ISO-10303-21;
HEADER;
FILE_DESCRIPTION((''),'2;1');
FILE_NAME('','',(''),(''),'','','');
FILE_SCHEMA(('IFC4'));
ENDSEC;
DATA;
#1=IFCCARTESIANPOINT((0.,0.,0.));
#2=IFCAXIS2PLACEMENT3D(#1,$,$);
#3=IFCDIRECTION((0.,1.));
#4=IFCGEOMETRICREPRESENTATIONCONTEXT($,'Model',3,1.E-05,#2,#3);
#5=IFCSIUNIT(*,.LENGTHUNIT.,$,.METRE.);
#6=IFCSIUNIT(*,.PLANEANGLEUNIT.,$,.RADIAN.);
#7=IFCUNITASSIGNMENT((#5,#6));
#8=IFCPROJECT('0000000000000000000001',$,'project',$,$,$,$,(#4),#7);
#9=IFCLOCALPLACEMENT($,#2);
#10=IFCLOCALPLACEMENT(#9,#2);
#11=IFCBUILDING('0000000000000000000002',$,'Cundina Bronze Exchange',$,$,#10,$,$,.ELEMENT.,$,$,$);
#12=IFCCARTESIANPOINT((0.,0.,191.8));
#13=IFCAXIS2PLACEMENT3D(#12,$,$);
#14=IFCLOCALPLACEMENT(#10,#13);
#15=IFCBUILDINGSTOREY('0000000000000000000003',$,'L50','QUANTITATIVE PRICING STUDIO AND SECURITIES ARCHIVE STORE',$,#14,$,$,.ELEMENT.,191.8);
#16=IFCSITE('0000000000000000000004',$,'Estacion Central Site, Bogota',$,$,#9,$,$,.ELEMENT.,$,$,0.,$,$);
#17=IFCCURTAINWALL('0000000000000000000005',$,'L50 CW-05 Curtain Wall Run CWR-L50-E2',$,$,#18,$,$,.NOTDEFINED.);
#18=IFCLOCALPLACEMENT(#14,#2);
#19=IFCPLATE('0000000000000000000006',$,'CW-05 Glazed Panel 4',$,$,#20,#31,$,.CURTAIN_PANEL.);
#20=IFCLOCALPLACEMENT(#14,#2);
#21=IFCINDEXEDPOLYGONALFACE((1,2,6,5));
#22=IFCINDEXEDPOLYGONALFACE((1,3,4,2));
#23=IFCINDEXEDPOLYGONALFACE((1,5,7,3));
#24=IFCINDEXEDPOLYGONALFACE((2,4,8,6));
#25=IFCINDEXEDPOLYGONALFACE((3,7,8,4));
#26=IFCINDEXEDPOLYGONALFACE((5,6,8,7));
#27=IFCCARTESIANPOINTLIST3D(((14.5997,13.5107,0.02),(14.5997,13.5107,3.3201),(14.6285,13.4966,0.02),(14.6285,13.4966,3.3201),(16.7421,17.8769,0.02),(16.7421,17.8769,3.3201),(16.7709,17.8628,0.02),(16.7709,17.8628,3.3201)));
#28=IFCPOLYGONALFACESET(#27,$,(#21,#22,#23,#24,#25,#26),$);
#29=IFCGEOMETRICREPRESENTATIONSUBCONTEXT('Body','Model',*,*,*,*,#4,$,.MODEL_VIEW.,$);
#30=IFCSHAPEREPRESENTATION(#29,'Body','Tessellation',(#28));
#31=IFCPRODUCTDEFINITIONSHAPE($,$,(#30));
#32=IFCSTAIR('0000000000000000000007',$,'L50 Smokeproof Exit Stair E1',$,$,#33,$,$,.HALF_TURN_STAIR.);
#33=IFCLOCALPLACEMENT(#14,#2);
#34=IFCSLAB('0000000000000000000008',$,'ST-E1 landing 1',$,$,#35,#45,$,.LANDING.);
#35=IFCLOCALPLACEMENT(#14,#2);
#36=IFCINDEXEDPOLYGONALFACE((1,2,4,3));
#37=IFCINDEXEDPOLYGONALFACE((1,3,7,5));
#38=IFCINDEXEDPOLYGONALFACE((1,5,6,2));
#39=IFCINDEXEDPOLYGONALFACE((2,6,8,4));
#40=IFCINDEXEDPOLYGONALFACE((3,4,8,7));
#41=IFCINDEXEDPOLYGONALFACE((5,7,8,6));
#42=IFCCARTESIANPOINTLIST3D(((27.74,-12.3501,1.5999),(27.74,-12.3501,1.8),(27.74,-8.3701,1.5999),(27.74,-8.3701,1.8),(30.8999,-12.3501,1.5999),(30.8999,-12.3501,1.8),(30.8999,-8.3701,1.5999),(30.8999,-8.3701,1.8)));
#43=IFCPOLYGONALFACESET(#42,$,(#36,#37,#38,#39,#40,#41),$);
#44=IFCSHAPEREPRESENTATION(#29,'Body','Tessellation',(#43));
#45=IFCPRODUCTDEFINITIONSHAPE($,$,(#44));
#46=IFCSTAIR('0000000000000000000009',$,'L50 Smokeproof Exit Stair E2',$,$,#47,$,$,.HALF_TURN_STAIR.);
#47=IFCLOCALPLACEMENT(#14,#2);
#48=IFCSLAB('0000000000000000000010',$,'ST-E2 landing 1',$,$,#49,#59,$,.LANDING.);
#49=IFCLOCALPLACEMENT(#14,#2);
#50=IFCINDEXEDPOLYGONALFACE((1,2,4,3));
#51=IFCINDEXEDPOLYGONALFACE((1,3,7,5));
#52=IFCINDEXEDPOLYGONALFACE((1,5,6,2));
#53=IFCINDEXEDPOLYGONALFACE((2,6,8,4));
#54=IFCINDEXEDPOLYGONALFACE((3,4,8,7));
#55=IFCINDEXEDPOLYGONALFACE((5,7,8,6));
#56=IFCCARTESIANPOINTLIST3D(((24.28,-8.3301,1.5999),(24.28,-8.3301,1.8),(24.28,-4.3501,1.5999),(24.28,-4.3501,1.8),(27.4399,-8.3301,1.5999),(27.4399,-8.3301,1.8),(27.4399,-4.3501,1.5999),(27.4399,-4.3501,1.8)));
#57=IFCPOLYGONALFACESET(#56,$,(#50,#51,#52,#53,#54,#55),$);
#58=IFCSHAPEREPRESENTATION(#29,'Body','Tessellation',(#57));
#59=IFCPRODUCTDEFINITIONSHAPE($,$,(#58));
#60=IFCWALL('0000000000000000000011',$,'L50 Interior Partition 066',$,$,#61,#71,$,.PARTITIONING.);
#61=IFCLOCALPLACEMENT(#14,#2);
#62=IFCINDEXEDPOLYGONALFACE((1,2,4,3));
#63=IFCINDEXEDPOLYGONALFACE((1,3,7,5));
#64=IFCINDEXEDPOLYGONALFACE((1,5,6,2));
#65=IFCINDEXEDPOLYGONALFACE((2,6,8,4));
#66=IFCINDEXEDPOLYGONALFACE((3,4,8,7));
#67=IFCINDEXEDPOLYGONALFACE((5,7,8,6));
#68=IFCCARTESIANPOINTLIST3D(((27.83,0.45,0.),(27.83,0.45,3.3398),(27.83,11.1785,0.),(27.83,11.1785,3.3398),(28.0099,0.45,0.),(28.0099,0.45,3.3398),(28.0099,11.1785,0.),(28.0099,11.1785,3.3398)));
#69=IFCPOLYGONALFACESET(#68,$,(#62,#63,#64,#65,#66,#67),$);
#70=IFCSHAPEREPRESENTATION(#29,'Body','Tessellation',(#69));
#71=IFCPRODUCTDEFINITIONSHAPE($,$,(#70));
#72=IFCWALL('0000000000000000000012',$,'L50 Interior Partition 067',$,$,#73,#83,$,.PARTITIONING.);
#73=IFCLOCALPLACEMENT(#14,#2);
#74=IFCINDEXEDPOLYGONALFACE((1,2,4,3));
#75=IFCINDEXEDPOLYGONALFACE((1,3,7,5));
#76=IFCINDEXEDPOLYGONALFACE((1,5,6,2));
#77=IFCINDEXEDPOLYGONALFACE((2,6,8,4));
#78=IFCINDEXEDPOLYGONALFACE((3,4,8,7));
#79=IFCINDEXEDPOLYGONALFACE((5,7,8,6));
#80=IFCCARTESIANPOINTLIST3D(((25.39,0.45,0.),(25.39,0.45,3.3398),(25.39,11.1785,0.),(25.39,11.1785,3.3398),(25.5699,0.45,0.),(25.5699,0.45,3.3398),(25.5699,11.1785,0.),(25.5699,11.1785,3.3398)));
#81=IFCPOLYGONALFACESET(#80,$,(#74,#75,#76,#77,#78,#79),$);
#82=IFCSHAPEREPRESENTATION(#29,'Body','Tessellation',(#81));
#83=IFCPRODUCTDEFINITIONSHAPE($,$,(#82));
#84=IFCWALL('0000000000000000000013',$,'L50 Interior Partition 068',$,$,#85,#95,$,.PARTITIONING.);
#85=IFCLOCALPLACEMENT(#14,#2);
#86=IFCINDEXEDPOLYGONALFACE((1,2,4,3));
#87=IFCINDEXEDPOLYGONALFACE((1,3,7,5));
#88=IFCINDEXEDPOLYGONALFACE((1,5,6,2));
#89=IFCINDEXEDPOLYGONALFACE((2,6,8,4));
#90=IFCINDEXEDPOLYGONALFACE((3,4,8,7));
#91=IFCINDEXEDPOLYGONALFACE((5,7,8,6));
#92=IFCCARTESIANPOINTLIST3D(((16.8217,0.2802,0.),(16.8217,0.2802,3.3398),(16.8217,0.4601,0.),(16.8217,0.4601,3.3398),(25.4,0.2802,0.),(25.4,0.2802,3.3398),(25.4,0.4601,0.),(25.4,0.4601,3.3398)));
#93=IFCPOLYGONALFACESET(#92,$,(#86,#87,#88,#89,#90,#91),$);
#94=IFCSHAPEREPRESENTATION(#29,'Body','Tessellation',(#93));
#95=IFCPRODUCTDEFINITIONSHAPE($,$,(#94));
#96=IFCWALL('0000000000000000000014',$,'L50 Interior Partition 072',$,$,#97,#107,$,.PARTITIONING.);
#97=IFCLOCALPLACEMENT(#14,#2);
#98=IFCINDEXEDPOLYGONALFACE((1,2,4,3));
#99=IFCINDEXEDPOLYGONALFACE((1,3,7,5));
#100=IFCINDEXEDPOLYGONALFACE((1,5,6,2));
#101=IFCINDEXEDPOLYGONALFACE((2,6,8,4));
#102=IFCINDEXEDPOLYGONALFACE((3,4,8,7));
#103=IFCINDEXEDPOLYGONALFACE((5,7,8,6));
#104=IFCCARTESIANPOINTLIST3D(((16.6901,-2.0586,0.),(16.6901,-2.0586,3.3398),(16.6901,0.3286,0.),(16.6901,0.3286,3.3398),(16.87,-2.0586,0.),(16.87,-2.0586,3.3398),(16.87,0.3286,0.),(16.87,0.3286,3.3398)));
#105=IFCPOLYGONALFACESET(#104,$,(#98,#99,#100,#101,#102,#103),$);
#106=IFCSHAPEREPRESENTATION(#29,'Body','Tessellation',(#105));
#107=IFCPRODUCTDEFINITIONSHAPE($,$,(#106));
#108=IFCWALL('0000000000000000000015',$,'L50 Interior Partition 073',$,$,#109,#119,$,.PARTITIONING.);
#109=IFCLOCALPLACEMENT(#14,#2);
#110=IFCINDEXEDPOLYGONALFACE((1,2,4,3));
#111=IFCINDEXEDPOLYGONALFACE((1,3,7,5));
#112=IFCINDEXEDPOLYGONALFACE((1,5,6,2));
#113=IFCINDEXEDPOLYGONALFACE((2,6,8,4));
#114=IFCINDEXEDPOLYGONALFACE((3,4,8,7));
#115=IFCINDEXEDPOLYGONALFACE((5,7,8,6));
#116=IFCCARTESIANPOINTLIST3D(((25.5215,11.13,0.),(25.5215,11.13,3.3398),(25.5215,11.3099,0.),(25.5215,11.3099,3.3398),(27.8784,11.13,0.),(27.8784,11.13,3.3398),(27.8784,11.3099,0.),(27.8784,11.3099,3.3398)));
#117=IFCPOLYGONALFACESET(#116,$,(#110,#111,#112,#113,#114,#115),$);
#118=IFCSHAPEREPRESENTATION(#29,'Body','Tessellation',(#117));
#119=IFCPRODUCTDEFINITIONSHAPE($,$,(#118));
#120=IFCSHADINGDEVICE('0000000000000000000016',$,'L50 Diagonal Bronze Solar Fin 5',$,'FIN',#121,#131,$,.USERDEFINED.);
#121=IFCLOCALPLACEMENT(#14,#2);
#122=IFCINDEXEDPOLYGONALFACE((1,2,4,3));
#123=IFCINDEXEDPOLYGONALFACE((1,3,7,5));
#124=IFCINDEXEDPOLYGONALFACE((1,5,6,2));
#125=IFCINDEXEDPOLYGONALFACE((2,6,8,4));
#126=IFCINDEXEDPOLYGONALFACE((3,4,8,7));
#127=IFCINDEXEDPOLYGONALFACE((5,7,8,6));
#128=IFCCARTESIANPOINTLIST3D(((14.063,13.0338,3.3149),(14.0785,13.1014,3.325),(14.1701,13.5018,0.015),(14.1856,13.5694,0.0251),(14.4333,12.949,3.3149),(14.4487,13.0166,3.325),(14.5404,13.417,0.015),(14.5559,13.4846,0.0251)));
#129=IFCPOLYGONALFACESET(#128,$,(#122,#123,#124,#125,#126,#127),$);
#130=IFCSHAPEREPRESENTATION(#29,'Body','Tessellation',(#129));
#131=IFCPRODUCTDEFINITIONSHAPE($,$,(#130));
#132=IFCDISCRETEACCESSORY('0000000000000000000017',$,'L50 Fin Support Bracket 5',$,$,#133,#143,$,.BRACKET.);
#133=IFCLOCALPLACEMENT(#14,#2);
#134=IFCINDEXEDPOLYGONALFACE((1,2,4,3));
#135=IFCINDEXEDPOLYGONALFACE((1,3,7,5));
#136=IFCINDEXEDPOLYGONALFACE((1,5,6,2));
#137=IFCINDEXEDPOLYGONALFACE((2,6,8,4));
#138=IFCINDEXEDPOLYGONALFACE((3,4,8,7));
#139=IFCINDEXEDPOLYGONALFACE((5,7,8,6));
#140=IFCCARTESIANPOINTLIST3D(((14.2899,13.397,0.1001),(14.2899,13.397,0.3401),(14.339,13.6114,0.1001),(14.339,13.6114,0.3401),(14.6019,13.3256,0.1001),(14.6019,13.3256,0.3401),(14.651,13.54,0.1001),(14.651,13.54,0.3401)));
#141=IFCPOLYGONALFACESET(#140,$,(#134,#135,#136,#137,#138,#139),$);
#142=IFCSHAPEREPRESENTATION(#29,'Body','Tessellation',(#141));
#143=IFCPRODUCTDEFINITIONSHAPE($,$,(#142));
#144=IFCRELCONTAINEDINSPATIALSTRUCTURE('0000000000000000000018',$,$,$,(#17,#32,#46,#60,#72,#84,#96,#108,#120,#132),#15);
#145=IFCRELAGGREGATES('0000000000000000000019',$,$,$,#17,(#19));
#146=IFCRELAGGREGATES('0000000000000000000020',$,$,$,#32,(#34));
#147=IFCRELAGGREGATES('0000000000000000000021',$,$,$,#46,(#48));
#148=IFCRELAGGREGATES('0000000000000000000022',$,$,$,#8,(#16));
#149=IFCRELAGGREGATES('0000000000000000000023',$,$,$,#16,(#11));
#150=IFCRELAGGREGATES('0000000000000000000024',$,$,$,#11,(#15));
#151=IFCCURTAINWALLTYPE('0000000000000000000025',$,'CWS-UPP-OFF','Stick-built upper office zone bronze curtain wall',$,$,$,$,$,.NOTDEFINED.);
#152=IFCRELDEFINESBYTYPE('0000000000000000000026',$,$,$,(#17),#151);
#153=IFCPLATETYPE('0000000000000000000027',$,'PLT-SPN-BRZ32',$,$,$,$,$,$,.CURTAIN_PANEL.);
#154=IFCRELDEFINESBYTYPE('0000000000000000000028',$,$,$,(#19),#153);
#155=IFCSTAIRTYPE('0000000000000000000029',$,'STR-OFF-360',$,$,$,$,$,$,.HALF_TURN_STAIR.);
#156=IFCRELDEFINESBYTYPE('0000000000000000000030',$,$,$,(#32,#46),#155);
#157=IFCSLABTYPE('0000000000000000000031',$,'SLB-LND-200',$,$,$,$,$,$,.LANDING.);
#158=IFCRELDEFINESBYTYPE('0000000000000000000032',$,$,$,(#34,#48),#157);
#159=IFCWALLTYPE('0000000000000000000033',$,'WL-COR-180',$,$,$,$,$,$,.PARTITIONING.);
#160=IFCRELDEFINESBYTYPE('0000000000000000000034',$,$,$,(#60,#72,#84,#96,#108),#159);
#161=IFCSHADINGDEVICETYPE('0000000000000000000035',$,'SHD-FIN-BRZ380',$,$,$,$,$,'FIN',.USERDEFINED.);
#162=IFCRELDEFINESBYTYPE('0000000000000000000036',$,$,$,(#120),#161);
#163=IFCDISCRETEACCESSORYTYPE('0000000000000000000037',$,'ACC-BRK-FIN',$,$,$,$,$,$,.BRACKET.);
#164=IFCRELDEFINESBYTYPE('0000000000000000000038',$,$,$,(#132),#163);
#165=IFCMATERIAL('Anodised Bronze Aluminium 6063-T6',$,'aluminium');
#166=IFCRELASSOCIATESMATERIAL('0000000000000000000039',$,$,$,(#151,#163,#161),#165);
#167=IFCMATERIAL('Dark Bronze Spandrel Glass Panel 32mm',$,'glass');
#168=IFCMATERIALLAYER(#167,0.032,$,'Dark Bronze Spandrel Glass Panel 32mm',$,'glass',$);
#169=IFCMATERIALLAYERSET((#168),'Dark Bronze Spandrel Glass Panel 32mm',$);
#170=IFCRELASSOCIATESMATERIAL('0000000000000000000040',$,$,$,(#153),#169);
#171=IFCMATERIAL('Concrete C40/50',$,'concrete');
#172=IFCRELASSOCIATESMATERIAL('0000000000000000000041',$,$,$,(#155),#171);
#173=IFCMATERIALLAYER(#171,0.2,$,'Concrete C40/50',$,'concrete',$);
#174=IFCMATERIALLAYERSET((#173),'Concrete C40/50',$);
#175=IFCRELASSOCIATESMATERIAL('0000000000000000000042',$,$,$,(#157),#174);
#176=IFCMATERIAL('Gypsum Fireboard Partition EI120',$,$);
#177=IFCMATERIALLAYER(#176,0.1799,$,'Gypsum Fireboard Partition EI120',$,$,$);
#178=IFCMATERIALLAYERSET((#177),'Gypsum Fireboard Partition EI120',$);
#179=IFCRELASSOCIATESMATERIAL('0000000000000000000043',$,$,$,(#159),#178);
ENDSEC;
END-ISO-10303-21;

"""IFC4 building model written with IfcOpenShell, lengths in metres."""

from ifc_helpers import new_model, si_unit, direction, frame, frame_2d, origin, origin_2d, place, context, subcontext, project, spatial, polyline, rectangle, outline, extrude, material, layer, layer_set, material_profile, profile_set, type_object, element, aggregate, save


model = new_model("IFC4")

# Units and contexts
model_context = context("Model", 3, precision=1e-05, world=origin(), true_north=direction((0.0, 1.0)))
body_context = subcontext(model_context, "Body", "Model", "MODEL_VIEW")
ifc_project = project(units=[si_unit("LENGTHUNIT", "METRE"), si_unit("PLANEANGLEUNIT", "RADIAN")], contexts=[model_context])

# Site, building, storey
site_placement = place(None, origin())
site = spatial("IfcSite", under=ifc_project, at=site_placement, Name="Estacion Central Site, Bogota", CompositionType="ELEMENT", RefElevation=0.0)
building_placement = place(site_placement, origin())
building = spatial("IfcBuilding", under=site, at=building_placement, Name="Cundina Bronze Exchange", CompositionType="ELEMENT")
storey_placement = place(building_placement, frame((0.0, 0.0, 191.8)))
storey = spatial("IfcBuildingStorey", under=building, at=storey_placement, Name="L50", Description="QUANTITATIVE PRICING STUDIO AND SECURITIES ARCHIVE STORE", CompositionType="ELEMENT", Elevation=191.8)

# Curtain wall, plate
ifc_material_1 = material(Name="Anodised Bronze Aluminium 6063-T6", Category="aluminium")
curtain_wall_type = type_object("IfcCurtainWallType", Name="CWS-UPP-OFF", Description="Stick-built upper office zone bronze curtain wall", PredefinedType="NOTDEFINED", material=ifc_material_1)
curtain_wall_placement = place(storey_placement, origin())
curtain_wall = element("IfcCurtainWall", 1, at=curtain_wall_placement, inside=storey, type_object=curtain_wall_type, Name="L50 CW-05 Curtain Wall Run CWR-L50-E2", PredefinedType="NOTDEFINED")
ifc_material_2 = material(Name="Dark Bronze Spandrel Glass Panel 32mm", Category="glass")
ifc_layer_1 = layer(ifc_material_2, 0.032, Name="Dark Bronze Spandrel Glass Panel 32mm", Category="glass")
ifc_layer_set_1 = layer_set([ifc_layer_1], Name="Dark Bronze Spandrel Glass Panel 32mm")
plate_type_1 = type_object("IfcPlateType", Name="PLT-SPN-BRZ32", PredefinedType="CURTAIN_PANEL", material=ifc_layer_set_1)
plate_1_placement = place(storey_placement, frame((15.6853, 15.6868, 0.02), z_axis=(0.0, 0.0, 1.0), x_axis=(-0.440503, -0.897751, 0.0)))
plate_1 = element("IfcPlate", 2, at=plate_1_placement, type_object=plate_type_1, Name="CW-05 Glazed Panel 4", PredefinedType="CURTAIN_PANEL", context=body_context, shape_type="SweptSolid", body=[
    extrude(rectangle(XDim=4.8635, YDim=0.032, at=origin_2d()), origin(), (0.0, 0.0, 1.0), 3.3),
])
aggregate(curtain_wall, [plate_1])

# Stairs, slabs
ifc_material_3 = material(Name="Concrete C40/50", Category="concrete")
stair_type = type_object("IfcStairType", Name="STR-OFF-360", PredefinedType="HALF_TURN_STAIR", material=ifc_material_3)
stair_1_placement = place(storey_placement, origin())
stair_1 = element("IfcStair", 3, at=stair_1_placement, inside=storey, type_object=stair_type, Name="L50 Smokeproof Exit Stair E1", PredefinedType="HALF_TURN_STAIR")
ifc_layer_2 = layer(ifc_material_3, 0.2, Name="Concrete C40/50", Category="concrete")
ifc_layer_set_2 = layer_set([ifc_layer_2], Name="Concrete C40/50")
slab_type = type_object("IfcSlabType", Name="SLB-LND-200", PredefinedType="LANDING", material=ifc_layer_set_2)
slab_1_placement = place(storey_placement, frame((0.0, 0.0, 1.5999)))
slab_1 = element("IfcSlab", 4, at=slab_1_placement, type_object=slab_type, Name="ST-E1 landing 1", PredefinedType="LANDING", context=body_context, shape_type="SweptSolid", body=[
    extrude(outline(polyline([(27.74, -8.3701), (27.74, -12.3501), (30.8999, -12.3501), (30.8999, -8.3701), (27.74, -8.3701)])), origin(), (0.0, 0.0, 1.0), 0.2002),
])
aggregate(stair_1, [slab_1])
stair_2_placement = place(storey_placement, origin())
stair_2 = element("IfcStair", 5, at=stair_2_placement, inside=storey, type_object=stair_type, Name="L50 Smokeproof Exit Stair E2", PredefinedType="HALF_TURN_STAIR")
slab_2_placement = place(storey_placement, frame((0.0, 0.0, 1.5999)))
slab_2 = element("IfcSlab", 6, at=slab_2_placement, type_object=slab_type, Name="ST-E2 landing 1", PredefinedType="LANDING", context=body_context, shape_type="SweptSolid", body=[
    extrude(outline(polyline([(27.4399, -8.3301), (27.4399, -4.3501), (24.28, -4.3501), (24.28, -8.3301), (27.4399, -8.3301)])), origin(), (0.0, 0.0, 1.0), 0.2002),
])
aggregate(stair_2, [slab_2])

# Walls
ifc_material_4 = material(Name="Gypsum Fireboard Partition EI120")
ifc_layer_3 = layer(ifc_material_4, 0.1799, Name="Gypsum Fireboard Partition EI120")
ifc_layer_set_3 = layer_set([ifc_layer_3], Name="Gypsum Fireboard Partition EI120")
wall_type = type_object("IfcWallType", Name="WL-COR-180", PredefinedType="PARTITIONING", material=ifc_layer_set_3)
for number, where, z_axis, x_axis, name in (
    (7, (27.9199, 0.45, 0.0), (0.0, 0.0, 1.0), (0.0, 1.0, 0.0), "L50 Interior Partition 066"),
    (8, (25.48, 11.1785, 0.0), (0.0, 0.0, 1.0), (0.0, -1.0, 0.0), "L50 Interior Partition 067"),
):
    element("IfcWall", number, at=place(storey_placement, frame(where, z_axis=z_axis, x_axis=x_axis)), inside=storey, type_object=wall_type, Name=name, PredefinedType="PARTITIONING", context=body_context, shape_type="SweptSolid", body=[
        extrude(rectangle(XDim=10.7285, YDim=0.1799, at=frame_2d((5.3643, 0.0))), origin(), (0.0, 0.0, 1.0), 3.3398),
    ])
wall_1_placement = place(storey_placement, frame((25.3999, 0.3701, 0.0), z_axis=(0.0, 0.0, 1.0), x_axis=(-1.0, 0.0, 0.0)))
element("IfcWall", 9, at=wall_1_placement, inside=storey, type_object=wall_type, Name="L50 Interior Partition 068", PredefinedType="PARTITIONING", context=body_context, shape_type="SweptSolid", body=[
    extrude(rectangle(XDim=8.5784, YDim=0.1799, at=frame_2d((4.2891, 0.0))), origin(), (0.0, 0.0, 1.0), 3.3398),
])
wall_2_placement = place(storey_placement, frame((16.78, 0.3286, 0.0), z_axis=(0.0, 0.0, 1.0), x_axis=(0.0, -1.0, 0.0)))
element("IfcWall", 10, at=wall_2_placement, inside=storey, type_object=wall_type, Name="L50 Interior Partition 072", PredefinedType="PARTITIONING", context=body_context, shape_type="SweptSolid", body=[
    extrude(rectangle(XDim=2.3872, YDim=0.1799, at=frame_2d((1.1936, 0.0))), origin(), (0.0, 0.0, 1.0), 3.3398),
])
wall_3_placement = place(storey_placement, frame((27.8784, 11.22, 0.0), z_axis=(0.0, 0.0, 1.0), x_axis=(-1.0, 0.0, 0.0)))
element("IfcWall", 11, at=wall_3_placement, inside=storey, type_object=wall_type, Name="L50 Interior Partition 073", PredefinedType="PARTITIONING", context=body_context, shape_type="SweptSolid", body=[
    extrude(rectangle(XDim=2.3569, YDim=0.1799, at=frame_2d((1.1785, 0.0))), origin(), (0.0, 0.0, 1.0), 3.3398),
])

# Shading device
ifc_material_profile_1 = material_profile(ifc_material_1, rectangle(XDim=0.0701, YDim=0.3799, at=origin_2d()), Name="FIN70X380", Category="aluminium")
ifc_profile_set_1 = profile_set([ifc_material_profile_1], Name="Anodised Bronze Aluminium 6063-T6")
shading_device_type = type_object("IfcShadingDeviceType", Name="SHD-FIN-BRZ380", ElementType="FIN", PredefinedType="USERDEFINED", material=ifc_profile_set_1)
shading_device_placement = place(storey_placement, frame((14.363, 13.4932, 0.02), z_axis=(-0.032139, -0.140344, 0.989581), x_axis=(0.220899, 0.964611, 0.143977)))
element("IfcShadingDevice", 12, at=shading_device_placement, inside=storey, type_object=shading_device_type, Name="L50 Diagonal Bronze Solar Fin 5", ObjectType="FIN", PredefinedType="USERDEFINED", context=body_context, shape_type="SweptSolid", body=[
    extrude(rectangle(XDim=0.0701, YDim=0.3799, at=origin_2d()), origin(), (0.0, 0.0, 1.0), 3.3347),
])

# Discrete accessory
discrete_accessory_type = type_object("IfcDiscreteAccessoryType", Name="ACC-BRK-FIN", PredefinedType="BRACKET", material=ifc_material_1)
discrete_accessory_placement = place(storey_placement, frame((14.4705, 13.4685, 0.1001), z_axis=(0.0, 0.0, 1.0), x_axis=(-0.223284, -0.974753, 0.0)))
element("IfcDiscreteAccessory", 13, at=discrete_accessory_placement, inside=storey, type_object=discrete_accessory_type, Name="L50 Fin Support Bracket 5", PredefinedType="BRACKET", context=body_context, shape_type="SweptSolid", body=[
    extrude(rectangle(XDim=0.22, YDim=0.3201, at=origin_2d()), origin(), (0.0, 0.0, 1.0), 0.24),
])

save(model, "model.ifc")
